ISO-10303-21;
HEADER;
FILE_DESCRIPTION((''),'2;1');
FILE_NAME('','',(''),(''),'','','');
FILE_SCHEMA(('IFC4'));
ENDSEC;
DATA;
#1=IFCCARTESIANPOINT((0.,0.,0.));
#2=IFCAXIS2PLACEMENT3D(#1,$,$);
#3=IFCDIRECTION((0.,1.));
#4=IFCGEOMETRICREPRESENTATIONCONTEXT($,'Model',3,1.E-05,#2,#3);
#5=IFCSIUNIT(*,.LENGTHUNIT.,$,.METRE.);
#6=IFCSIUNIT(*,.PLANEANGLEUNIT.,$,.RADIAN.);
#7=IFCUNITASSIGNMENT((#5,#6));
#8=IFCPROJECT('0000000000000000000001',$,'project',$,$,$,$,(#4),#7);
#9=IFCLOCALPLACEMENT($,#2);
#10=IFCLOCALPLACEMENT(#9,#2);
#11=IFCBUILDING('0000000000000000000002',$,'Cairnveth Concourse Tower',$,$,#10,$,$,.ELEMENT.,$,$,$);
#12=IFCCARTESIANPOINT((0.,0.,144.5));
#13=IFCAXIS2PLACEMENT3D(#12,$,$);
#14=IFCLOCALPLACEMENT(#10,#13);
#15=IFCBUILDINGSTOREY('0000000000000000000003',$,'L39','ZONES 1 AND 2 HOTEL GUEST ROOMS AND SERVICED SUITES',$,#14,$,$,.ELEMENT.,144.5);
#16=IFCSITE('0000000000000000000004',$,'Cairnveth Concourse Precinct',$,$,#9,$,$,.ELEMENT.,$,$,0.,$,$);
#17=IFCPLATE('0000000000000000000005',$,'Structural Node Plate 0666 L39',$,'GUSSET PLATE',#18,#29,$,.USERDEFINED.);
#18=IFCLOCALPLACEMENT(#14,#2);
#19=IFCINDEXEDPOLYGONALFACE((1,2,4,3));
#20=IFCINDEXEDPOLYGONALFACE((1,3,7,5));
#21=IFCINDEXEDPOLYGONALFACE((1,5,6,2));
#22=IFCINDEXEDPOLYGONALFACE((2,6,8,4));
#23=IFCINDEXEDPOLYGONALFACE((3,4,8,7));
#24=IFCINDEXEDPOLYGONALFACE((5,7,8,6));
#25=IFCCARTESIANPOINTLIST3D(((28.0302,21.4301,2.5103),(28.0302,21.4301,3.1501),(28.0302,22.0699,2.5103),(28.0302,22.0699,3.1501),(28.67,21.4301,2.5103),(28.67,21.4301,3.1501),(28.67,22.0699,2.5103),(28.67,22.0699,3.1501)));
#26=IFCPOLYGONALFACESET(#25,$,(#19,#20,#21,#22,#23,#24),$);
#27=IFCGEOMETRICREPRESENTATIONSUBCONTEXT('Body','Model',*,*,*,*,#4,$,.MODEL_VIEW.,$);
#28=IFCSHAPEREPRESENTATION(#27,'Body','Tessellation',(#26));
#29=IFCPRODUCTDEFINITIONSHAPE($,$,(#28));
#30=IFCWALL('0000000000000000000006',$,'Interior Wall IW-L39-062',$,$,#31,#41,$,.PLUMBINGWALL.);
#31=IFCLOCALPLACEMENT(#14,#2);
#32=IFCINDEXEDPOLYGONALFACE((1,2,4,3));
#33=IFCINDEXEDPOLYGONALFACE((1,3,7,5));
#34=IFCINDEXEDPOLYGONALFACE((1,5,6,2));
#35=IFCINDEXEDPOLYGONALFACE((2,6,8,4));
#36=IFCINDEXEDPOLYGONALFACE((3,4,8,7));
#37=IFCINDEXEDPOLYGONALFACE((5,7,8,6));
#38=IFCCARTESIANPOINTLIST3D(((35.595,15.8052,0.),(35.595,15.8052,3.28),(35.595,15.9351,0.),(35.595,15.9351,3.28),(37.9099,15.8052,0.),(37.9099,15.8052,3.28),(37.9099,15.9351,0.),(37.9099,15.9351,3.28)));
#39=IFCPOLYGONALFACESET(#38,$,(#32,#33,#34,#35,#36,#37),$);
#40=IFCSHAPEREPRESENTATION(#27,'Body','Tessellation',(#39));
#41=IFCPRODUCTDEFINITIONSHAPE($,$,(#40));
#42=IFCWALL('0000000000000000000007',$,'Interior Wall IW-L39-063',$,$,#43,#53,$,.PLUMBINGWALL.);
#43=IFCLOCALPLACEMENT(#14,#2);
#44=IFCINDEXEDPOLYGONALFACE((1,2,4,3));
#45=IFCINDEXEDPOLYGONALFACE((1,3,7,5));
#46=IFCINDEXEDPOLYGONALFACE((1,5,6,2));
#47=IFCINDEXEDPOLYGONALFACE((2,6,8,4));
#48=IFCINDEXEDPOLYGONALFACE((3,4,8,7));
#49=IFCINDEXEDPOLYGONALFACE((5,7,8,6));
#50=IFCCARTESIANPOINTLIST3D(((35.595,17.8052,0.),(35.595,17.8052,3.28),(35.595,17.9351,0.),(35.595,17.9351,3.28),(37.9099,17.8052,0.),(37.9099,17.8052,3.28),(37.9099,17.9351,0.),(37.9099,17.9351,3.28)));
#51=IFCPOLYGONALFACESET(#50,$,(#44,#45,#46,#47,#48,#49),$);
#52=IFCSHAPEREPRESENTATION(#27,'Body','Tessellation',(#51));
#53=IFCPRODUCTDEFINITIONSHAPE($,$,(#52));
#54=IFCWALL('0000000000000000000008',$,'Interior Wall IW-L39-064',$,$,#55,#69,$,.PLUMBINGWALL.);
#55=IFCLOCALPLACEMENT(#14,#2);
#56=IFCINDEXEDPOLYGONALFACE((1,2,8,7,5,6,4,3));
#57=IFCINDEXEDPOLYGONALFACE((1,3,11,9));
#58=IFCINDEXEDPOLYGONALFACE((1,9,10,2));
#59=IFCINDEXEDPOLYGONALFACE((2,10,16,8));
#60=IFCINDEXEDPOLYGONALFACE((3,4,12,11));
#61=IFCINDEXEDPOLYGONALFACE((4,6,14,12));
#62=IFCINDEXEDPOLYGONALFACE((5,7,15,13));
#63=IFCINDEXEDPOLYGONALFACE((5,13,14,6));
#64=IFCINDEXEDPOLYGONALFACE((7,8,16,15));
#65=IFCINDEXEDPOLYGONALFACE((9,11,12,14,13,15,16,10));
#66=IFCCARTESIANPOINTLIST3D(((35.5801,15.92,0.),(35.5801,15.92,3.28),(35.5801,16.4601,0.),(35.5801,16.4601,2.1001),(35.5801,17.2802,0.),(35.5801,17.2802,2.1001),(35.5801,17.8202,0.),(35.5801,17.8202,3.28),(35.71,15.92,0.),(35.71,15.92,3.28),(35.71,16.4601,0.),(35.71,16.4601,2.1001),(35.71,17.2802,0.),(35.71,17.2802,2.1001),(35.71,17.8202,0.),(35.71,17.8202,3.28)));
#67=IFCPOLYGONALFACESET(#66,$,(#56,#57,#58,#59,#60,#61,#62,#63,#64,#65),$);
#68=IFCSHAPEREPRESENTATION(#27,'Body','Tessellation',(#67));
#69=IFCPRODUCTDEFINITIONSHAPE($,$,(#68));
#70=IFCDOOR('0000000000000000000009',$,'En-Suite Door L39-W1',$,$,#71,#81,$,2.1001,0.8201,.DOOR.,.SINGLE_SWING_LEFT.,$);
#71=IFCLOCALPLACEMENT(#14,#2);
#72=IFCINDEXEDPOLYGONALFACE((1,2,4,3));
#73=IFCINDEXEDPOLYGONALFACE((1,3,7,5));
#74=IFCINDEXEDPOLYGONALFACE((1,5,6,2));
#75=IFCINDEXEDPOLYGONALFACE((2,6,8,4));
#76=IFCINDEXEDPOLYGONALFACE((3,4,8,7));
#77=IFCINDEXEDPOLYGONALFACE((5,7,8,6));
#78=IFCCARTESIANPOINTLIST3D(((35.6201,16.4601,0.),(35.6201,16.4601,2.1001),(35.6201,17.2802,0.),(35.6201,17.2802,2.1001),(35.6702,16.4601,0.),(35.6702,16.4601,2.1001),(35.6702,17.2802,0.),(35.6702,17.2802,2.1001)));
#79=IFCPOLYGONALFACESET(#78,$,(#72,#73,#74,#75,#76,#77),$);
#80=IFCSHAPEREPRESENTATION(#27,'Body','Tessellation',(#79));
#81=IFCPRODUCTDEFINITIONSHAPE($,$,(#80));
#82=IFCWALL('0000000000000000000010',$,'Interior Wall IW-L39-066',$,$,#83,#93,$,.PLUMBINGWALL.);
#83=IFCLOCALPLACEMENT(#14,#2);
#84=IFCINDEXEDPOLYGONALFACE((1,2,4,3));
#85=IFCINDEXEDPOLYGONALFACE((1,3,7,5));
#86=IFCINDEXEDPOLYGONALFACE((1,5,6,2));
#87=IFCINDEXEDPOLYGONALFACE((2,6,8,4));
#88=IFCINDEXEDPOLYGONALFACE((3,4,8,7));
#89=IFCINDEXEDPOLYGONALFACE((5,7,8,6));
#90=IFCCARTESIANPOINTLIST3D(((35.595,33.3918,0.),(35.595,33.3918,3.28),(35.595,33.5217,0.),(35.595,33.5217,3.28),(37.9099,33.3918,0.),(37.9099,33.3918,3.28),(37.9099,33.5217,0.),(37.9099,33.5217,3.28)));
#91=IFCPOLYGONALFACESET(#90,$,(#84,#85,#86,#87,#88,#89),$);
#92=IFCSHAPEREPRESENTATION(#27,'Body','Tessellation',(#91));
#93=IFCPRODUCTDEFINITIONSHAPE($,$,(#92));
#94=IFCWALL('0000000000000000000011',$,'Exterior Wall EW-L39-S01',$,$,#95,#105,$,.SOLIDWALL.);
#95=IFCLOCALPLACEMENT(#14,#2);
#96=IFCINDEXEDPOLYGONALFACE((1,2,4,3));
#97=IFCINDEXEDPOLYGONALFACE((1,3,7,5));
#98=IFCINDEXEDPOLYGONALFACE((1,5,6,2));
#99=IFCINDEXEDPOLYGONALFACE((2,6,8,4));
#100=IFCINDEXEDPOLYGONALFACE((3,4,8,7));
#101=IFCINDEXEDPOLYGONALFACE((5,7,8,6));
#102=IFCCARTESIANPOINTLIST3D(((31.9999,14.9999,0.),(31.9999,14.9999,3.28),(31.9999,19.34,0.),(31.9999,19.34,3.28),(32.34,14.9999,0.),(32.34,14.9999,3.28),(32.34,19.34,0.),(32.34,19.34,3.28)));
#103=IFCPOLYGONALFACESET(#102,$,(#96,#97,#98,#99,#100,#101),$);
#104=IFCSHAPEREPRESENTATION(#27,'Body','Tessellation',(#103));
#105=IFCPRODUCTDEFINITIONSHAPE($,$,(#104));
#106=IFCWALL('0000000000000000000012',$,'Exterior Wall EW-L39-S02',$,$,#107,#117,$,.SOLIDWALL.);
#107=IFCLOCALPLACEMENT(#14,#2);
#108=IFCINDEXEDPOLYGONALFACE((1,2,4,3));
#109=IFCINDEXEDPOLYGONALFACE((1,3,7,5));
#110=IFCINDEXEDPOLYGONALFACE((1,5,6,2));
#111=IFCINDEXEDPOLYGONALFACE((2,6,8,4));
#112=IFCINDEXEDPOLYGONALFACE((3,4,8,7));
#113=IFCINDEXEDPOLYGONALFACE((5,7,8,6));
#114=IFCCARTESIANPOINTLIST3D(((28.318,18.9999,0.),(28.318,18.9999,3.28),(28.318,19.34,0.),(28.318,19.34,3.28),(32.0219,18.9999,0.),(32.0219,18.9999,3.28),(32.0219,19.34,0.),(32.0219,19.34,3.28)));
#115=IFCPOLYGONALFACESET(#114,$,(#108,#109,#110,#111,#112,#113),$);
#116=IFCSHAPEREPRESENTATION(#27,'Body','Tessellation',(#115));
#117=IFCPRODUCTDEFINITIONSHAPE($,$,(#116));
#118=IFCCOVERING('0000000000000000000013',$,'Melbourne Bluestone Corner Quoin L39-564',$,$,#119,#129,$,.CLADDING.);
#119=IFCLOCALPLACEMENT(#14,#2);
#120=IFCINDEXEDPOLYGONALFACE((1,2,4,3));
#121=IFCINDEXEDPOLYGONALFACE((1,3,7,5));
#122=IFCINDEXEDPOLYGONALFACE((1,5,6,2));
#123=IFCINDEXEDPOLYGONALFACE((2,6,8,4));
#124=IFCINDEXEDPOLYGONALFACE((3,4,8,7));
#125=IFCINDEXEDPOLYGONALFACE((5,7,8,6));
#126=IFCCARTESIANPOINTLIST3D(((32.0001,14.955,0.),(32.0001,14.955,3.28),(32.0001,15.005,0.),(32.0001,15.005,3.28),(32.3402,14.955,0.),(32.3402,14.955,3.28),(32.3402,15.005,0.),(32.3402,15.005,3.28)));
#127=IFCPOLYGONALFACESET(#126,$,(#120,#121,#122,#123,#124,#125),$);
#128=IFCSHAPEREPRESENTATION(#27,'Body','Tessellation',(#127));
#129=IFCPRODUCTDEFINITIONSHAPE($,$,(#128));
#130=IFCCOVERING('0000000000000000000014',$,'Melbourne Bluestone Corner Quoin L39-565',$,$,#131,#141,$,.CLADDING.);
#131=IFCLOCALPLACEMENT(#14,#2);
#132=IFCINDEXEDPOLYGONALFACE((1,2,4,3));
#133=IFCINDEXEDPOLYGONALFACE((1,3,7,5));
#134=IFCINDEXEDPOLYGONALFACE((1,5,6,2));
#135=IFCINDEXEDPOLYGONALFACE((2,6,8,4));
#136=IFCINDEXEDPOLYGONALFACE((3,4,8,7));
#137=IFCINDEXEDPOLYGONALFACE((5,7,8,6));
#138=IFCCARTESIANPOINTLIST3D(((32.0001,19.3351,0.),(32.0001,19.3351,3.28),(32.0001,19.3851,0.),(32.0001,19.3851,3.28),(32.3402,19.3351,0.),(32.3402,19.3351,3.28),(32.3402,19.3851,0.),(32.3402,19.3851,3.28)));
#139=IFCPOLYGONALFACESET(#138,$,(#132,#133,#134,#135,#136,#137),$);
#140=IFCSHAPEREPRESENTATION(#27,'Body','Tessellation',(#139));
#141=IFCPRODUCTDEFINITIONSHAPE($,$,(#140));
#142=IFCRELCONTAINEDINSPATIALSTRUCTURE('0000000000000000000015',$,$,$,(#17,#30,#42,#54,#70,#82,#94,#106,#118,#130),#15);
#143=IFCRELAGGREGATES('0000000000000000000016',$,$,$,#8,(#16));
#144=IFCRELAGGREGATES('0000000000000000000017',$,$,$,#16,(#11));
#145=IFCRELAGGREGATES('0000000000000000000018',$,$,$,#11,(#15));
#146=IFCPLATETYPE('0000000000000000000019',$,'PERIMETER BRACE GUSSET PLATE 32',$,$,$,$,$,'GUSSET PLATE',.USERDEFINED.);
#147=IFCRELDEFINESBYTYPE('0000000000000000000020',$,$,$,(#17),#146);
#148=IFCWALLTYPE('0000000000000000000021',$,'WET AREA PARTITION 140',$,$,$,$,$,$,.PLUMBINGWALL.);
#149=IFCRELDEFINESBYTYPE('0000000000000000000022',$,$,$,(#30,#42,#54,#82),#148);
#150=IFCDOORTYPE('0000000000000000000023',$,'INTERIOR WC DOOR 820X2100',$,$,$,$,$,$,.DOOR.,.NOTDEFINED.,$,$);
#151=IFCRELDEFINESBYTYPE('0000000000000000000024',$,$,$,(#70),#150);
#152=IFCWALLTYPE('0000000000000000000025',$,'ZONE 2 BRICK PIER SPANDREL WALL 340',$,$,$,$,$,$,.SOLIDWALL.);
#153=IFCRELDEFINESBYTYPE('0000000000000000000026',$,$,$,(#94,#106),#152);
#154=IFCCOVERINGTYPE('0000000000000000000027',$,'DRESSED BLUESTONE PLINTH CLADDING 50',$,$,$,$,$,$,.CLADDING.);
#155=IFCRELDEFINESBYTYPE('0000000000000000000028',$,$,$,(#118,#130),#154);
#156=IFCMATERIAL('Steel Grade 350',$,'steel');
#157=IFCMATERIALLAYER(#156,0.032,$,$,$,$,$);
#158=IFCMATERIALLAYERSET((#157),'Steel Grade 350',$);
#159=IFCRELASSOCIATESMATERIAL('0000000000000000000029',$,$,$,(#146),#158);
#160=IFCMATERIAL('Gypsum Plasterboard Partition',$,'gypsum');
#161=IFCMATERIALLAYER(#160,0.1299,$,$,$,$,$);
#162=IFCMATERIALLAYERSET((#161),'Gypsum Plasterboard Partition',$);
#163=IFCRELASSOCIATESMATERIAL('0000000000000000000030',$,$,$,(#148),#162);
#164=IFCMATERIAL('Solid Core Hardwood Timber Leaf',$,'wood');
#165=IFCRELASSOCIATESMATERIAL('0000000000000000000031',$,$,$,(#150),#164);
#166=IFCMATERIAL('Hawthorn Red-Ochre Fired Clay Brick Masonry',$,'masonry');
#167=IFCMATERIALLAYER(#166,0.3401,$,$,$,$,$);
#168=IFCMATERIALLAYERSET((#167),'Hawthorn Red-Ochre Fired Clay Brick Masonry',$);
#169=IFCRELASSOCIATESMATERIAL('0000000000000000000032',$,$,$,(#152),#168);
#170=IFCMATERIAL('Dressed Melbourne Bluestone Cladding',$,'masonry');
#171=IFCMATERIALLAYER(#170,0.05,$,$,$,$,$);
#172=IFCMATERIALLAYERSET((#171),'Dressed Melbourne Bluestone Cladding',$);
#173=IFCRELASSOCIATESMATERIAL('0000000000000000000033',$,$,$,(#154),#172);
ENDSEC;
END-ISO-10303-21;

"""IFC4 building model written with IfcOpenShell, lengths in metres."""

from ifc_helpers import new_model, si_unit, direction, frame, frame_2d, origin, origin_2d, place, context, subcontext, project, spatial, rectangle, extrude, material, layer, layer_set, type_object, element, fill, save


model = new_model("IFC4")

# Units and contexts
model_context = context("Model", 3, precision=1e-05, world=origin(), true_north=direction((0.0, 1.0)))
body_context = subcontext(model_context, "Body", "Model", "MODEL_VIEW")
ifc_project = project(units=[si_unit("LENGTHUNIT", "METRE"), si_unit("PLANEANGLEUNIT", "RADIAN")], contexts=[model_context])

# Site, building, storey
site_placement = place(None, origin())
site = spatial("IfcSite", under=ifc_project, at=site_placement, Name="Cairnveth Concourse Precinct", CompositionType="ELEMENT", RefElevation=0.0)
building_placement = place(site_placement, origin())
building = spatial("IfcBuilding", under=site, at=building_placement, Name="Cairnveth Concourse Tower", CompositionType="ELEMENT")
storey_placement = place(building_placement, frame((0.0, 0.0, 144.5)))
storey = spatial("IfcBuildingStorey", under=building, at=storey_placement, Name="L39", Description="ZONES 1 AND 2 HOTEL GUEST ROOMS AND SERVICED SUITES", CompositionType="ELEMENT", Elevation=144.5)

# Shared definitions
ifc_material_1 = material(Name="Steel Grade 350", Category="steel")

# Plate
ifc_layer_1 = layer(ifc_material_1, 0.032)
ifc_layer_set_1 = layer_set([ifc_layer_1], Name="Steel Grade 350")
plate_type = type_object("IfcPlateType", Name="PERIMETER BRACE GUSSET PLATE 32", ElementType="GUSSET PLATE", PredefinedType="USERDEFINED", material=ifc_layer_set_1)
for number, where, z_axis, x_axis, name in (
    (1, (28.3501, 21.75, 2.5103), (0.0, 0.0, 1.0), (1.0, 0.0, 0.0), "Structural Node Plate 0666 L39"),
):
    element("IfcPlate", number, at=place(storey_placement, frame(where, z_axis=z_axis, x_axis=x_axis)), inside=storey, type_object=plate_type, Name=name, ObjectType="GUSSET PLATE", PredefinedType="USERDEFINED", context=body_context, shape_type="SweptSolid", body=[
        extrude(rectangle(XDim=0.6399, YDim=0.6399, at=origin_2d()), origin(), (0.0, 0.0, 1.0), 0.6399),
    ])

# Walls
ifc_material_2 = material(Name="Gypsum Plasterboard Partition", Category="gypsum")
ifc_layer_2 = layer(ifc_material_2, 0.1299)
ifc_layer_set_2 = layer_set([ifc_layer_2], Name="Gypsum Plasterboard Partition")
wall_type_1 = type_object("IfcWallType", Name="WET AREA PARTITION 140", PredefinedType="PLUMBINGWALL", material=ifc_layer_set_2)
for number, where, z_axis, x_axis, name in (
    (2, (35.595, 15.8701, 0.0), (0.0, 0.0, 1.0), (1.0, 0.0, 0.0), "Interior Wall IW-L39-062"),
    (3, (35.595, 17.8701, 0.0), (0.0, 0.0, 1.0), (1.0, 0.0, 0.0), "Interior Wall IW-L39-063"),
):
    element("IfcWall", number, at=place(storey_placement, frame(where, z_axis=z_axis, x_axis=x_axis)), inside=storey, type_object=wall_type_1, Name=name, PredefinedType="PLUMBINGWALL", context=body_context, shape_type="SweptSolid", body=[
        extrude(rectangle(XDim=2.3149, YDim=0.1299, at=frame_2d((1.1575, 0.0))), origin(), (0.0, 0.0, 1.0), 3.28),
    ])

# Wall, opening, door
wall_1_placement = place(storey_placement, frame((35.645, 15.9199, 0.0), z_axis=(0.0, 0.0, 1.0), x_axis=(0.0, 1.0, 0.0)))
wall_1 = element("IfcWall", 4, at=wall_1_placement, inside=storey, type_object=wall_type_1, Name="Interior Wall IW-L39-064", PredefinedType="PLUMBINGWALL", context=body_context, shape_type="SweptSolid", body=[
    extrude(rectangle(XDim=1.9001, YDim=0.1299, at=frame_2d((0.9502, 0.0))), origin(), (0.0, 0.0, 1.0), 3.28),
])
opening_placement = place(wall_1_placement, frame((0.54, 0.0, 0.0)))
opening = element("IfcOpeningElement", 5, at=opening_placement, cuts=wall_1, PredefinedType="OPENING", context=body_context, shape_type="SweptSolid", body=[
    extrude(rectangle(XDim=0.8201, YDim=2.1001, at=frame_2d((0.4102, 1.05))), frame((0.0, 0.075, 0.0), z_axis=(0.0, -1.0, 0.0), x_axis=(1.0, 0.0, 0.0)), (0.0, 0.0, 1.0), 0.1499),
])
ifc_material_3 = material(Name="Solid Core Hardwood Timber Leaf", Category="wood")
door_type = type_object("IfcDoorType", Name="INTERIOR WC DOOR 820X2100", OperationType="NOTDEFINED", PredefinedType="DOOR", material=ifc_material_3)
door_placement = place(opening_placement, origin())
door = element("IfcDoor", 6, at=door_placement, inside=storey, type_object=door_type, Name="En-Suite Door L39-W1", OperationType="SINGLE_SWING_LEFT", OverallHeight=2.1001, OverallWidth=0.8201, PredefinedType="DOOR", context=body_context, shape_type="SweptSolid", body=[
    extrude(rectangle(XDim=0.8201, YDim=2.1001, at=frame_2d((0.4102, 1.05))), frame((0.0, 0.0249, 0.0), z_axis=(0.0, -1.0, 0.0), x_axis=(1.0, 0.0, 0.0)), (0.0, 0.0, 1.0), 0.05),
])
fill(opening, door)

# Walls
wall_2_placement = place(storey_placement, frame((35.595, 33.4568, 0.0), z_axis=(0.0, 0.0, 1.0), x_axis=(1.0, 0.0, 0.0)))
element("IfcWall", 7, at=wall_2_placement, inside=storey, type_object=wall_type_1, Name="Interior Wall IW-L39-066", PredefinedType="PLUMBINGWALL", context=body_context, shape_type="SweptSolid", body=[
    extrude(rectangle(XDim=2.3149, YDim=0.1299, at=frame_2d((1.1575, 0.0))), origin(), (0.0, 0.0, 1.0), 3.28),
])
ifc_material_4 = material(Name="Hawthorn Red-Ochre Fired Clay Brick Masonry", Category="masonry")
ifc_layer_3 = layer(ifc_material_4, 0.3401)
ifc_layer_set_3 = layer_set([ifc_layer_3], Name="Hawthorn Red-Ochre Fired Clay Brick Masonry")
wall_type_2 = type_object("IfcWallType", Name="ZONE 2 BRICK PIER SPANDREL WALL 340", PredefinedType="SOLIDWALL", material=ifc_layer_set_3)
wall_3_placement = place(storey_placement, frame((32.1699, 15.0, 0.0), z_axis=(0.0, 0.0, 1.0), x_axis=(0.0, 1.0, 0.0)))
element("IfcWall", 8, at=wall_3_placement, inside=storey, type_object=wall_type_2, Name="Exterior Wall EW-L39-S01", PredefinedType="SOLIDWALL", context=body_context, shape_type="SweptSolid", body=[
    extrude(rectangle(XDim=4.3401, YDim=0.3401, at=frame_2d((2.1699, 0.0))), origin(), (0.0, 0.0, 1.0), 3.28),
])
wall_4_placement = place(storey_placement, frame((32.022, 19.1699, 0.0), z_axis=(0.0, 0.0, 1.0), x_axis=(-1.0, 0.0, 0.0)))
element("IfcWall", 9, at=wall_4_placement, inside=storey, type_object=wall_type_2, Name="Exterior Wall EW-L39-S02", PredefinedType="SOLIDWALL", context=body_context, shape_type="SweptSolid", body=[
    extrude(rectangle(XDim=3.7039, YDim=0.3401, at=frame_2d((1.8521, 0.0))), origin(), (0.0, 0.0, 1.0), 3.28),
])

# Coverings
ifc_material_5 = material(Name="Dressed Melbourne Bluestone Cladding", Category="masonry")
ifc_layer_4 = layer(ifc_material_5, 0.05)
ifc_layer_set_4 = layer_set([ifc_layer_4], Name="Dressed Melbourne Bluestone Cladding")
covering_type = type_object("IfcCoveringType", Name="DRESSED BLUESTONE PLINTH CLADDING 50", PredefinedType="CLADDING", material=ifc_layer_set_4)
for number, where, z_axis, x_axis, name in (
    (10, (32.3401, 14.98, 0.0), (0.0, 0.0, 1.0), (-1.0, 0.0, 0.0), "Melbourne Bluestone Corner Quoin L39-564"),
    (11, (32.3401, 19.3601, 0.0), (0.0, 0.0, 1.0), (-1.0, 0.0, 0.0), "Melbourne Bluestone Corner Quoin L39-565"),
):
    element("IfcCovering", number, at=place(storey_placement, frame(where, z_axis=z_axis, x_axis=x_axis)), inside=storey, type_object=covering_type, Name=name, PredefinedType="CLADDING", context=body_context, shape_type="SweptSolid", body=[
        extrude(rectangle(XDim=0.3401, YDim=0.05, at=frame_2d((0.1699, 0.0))), origin(), (0.0, 0.0, 1.0), 3.28),
    ])

save(model, "model.ifc")
